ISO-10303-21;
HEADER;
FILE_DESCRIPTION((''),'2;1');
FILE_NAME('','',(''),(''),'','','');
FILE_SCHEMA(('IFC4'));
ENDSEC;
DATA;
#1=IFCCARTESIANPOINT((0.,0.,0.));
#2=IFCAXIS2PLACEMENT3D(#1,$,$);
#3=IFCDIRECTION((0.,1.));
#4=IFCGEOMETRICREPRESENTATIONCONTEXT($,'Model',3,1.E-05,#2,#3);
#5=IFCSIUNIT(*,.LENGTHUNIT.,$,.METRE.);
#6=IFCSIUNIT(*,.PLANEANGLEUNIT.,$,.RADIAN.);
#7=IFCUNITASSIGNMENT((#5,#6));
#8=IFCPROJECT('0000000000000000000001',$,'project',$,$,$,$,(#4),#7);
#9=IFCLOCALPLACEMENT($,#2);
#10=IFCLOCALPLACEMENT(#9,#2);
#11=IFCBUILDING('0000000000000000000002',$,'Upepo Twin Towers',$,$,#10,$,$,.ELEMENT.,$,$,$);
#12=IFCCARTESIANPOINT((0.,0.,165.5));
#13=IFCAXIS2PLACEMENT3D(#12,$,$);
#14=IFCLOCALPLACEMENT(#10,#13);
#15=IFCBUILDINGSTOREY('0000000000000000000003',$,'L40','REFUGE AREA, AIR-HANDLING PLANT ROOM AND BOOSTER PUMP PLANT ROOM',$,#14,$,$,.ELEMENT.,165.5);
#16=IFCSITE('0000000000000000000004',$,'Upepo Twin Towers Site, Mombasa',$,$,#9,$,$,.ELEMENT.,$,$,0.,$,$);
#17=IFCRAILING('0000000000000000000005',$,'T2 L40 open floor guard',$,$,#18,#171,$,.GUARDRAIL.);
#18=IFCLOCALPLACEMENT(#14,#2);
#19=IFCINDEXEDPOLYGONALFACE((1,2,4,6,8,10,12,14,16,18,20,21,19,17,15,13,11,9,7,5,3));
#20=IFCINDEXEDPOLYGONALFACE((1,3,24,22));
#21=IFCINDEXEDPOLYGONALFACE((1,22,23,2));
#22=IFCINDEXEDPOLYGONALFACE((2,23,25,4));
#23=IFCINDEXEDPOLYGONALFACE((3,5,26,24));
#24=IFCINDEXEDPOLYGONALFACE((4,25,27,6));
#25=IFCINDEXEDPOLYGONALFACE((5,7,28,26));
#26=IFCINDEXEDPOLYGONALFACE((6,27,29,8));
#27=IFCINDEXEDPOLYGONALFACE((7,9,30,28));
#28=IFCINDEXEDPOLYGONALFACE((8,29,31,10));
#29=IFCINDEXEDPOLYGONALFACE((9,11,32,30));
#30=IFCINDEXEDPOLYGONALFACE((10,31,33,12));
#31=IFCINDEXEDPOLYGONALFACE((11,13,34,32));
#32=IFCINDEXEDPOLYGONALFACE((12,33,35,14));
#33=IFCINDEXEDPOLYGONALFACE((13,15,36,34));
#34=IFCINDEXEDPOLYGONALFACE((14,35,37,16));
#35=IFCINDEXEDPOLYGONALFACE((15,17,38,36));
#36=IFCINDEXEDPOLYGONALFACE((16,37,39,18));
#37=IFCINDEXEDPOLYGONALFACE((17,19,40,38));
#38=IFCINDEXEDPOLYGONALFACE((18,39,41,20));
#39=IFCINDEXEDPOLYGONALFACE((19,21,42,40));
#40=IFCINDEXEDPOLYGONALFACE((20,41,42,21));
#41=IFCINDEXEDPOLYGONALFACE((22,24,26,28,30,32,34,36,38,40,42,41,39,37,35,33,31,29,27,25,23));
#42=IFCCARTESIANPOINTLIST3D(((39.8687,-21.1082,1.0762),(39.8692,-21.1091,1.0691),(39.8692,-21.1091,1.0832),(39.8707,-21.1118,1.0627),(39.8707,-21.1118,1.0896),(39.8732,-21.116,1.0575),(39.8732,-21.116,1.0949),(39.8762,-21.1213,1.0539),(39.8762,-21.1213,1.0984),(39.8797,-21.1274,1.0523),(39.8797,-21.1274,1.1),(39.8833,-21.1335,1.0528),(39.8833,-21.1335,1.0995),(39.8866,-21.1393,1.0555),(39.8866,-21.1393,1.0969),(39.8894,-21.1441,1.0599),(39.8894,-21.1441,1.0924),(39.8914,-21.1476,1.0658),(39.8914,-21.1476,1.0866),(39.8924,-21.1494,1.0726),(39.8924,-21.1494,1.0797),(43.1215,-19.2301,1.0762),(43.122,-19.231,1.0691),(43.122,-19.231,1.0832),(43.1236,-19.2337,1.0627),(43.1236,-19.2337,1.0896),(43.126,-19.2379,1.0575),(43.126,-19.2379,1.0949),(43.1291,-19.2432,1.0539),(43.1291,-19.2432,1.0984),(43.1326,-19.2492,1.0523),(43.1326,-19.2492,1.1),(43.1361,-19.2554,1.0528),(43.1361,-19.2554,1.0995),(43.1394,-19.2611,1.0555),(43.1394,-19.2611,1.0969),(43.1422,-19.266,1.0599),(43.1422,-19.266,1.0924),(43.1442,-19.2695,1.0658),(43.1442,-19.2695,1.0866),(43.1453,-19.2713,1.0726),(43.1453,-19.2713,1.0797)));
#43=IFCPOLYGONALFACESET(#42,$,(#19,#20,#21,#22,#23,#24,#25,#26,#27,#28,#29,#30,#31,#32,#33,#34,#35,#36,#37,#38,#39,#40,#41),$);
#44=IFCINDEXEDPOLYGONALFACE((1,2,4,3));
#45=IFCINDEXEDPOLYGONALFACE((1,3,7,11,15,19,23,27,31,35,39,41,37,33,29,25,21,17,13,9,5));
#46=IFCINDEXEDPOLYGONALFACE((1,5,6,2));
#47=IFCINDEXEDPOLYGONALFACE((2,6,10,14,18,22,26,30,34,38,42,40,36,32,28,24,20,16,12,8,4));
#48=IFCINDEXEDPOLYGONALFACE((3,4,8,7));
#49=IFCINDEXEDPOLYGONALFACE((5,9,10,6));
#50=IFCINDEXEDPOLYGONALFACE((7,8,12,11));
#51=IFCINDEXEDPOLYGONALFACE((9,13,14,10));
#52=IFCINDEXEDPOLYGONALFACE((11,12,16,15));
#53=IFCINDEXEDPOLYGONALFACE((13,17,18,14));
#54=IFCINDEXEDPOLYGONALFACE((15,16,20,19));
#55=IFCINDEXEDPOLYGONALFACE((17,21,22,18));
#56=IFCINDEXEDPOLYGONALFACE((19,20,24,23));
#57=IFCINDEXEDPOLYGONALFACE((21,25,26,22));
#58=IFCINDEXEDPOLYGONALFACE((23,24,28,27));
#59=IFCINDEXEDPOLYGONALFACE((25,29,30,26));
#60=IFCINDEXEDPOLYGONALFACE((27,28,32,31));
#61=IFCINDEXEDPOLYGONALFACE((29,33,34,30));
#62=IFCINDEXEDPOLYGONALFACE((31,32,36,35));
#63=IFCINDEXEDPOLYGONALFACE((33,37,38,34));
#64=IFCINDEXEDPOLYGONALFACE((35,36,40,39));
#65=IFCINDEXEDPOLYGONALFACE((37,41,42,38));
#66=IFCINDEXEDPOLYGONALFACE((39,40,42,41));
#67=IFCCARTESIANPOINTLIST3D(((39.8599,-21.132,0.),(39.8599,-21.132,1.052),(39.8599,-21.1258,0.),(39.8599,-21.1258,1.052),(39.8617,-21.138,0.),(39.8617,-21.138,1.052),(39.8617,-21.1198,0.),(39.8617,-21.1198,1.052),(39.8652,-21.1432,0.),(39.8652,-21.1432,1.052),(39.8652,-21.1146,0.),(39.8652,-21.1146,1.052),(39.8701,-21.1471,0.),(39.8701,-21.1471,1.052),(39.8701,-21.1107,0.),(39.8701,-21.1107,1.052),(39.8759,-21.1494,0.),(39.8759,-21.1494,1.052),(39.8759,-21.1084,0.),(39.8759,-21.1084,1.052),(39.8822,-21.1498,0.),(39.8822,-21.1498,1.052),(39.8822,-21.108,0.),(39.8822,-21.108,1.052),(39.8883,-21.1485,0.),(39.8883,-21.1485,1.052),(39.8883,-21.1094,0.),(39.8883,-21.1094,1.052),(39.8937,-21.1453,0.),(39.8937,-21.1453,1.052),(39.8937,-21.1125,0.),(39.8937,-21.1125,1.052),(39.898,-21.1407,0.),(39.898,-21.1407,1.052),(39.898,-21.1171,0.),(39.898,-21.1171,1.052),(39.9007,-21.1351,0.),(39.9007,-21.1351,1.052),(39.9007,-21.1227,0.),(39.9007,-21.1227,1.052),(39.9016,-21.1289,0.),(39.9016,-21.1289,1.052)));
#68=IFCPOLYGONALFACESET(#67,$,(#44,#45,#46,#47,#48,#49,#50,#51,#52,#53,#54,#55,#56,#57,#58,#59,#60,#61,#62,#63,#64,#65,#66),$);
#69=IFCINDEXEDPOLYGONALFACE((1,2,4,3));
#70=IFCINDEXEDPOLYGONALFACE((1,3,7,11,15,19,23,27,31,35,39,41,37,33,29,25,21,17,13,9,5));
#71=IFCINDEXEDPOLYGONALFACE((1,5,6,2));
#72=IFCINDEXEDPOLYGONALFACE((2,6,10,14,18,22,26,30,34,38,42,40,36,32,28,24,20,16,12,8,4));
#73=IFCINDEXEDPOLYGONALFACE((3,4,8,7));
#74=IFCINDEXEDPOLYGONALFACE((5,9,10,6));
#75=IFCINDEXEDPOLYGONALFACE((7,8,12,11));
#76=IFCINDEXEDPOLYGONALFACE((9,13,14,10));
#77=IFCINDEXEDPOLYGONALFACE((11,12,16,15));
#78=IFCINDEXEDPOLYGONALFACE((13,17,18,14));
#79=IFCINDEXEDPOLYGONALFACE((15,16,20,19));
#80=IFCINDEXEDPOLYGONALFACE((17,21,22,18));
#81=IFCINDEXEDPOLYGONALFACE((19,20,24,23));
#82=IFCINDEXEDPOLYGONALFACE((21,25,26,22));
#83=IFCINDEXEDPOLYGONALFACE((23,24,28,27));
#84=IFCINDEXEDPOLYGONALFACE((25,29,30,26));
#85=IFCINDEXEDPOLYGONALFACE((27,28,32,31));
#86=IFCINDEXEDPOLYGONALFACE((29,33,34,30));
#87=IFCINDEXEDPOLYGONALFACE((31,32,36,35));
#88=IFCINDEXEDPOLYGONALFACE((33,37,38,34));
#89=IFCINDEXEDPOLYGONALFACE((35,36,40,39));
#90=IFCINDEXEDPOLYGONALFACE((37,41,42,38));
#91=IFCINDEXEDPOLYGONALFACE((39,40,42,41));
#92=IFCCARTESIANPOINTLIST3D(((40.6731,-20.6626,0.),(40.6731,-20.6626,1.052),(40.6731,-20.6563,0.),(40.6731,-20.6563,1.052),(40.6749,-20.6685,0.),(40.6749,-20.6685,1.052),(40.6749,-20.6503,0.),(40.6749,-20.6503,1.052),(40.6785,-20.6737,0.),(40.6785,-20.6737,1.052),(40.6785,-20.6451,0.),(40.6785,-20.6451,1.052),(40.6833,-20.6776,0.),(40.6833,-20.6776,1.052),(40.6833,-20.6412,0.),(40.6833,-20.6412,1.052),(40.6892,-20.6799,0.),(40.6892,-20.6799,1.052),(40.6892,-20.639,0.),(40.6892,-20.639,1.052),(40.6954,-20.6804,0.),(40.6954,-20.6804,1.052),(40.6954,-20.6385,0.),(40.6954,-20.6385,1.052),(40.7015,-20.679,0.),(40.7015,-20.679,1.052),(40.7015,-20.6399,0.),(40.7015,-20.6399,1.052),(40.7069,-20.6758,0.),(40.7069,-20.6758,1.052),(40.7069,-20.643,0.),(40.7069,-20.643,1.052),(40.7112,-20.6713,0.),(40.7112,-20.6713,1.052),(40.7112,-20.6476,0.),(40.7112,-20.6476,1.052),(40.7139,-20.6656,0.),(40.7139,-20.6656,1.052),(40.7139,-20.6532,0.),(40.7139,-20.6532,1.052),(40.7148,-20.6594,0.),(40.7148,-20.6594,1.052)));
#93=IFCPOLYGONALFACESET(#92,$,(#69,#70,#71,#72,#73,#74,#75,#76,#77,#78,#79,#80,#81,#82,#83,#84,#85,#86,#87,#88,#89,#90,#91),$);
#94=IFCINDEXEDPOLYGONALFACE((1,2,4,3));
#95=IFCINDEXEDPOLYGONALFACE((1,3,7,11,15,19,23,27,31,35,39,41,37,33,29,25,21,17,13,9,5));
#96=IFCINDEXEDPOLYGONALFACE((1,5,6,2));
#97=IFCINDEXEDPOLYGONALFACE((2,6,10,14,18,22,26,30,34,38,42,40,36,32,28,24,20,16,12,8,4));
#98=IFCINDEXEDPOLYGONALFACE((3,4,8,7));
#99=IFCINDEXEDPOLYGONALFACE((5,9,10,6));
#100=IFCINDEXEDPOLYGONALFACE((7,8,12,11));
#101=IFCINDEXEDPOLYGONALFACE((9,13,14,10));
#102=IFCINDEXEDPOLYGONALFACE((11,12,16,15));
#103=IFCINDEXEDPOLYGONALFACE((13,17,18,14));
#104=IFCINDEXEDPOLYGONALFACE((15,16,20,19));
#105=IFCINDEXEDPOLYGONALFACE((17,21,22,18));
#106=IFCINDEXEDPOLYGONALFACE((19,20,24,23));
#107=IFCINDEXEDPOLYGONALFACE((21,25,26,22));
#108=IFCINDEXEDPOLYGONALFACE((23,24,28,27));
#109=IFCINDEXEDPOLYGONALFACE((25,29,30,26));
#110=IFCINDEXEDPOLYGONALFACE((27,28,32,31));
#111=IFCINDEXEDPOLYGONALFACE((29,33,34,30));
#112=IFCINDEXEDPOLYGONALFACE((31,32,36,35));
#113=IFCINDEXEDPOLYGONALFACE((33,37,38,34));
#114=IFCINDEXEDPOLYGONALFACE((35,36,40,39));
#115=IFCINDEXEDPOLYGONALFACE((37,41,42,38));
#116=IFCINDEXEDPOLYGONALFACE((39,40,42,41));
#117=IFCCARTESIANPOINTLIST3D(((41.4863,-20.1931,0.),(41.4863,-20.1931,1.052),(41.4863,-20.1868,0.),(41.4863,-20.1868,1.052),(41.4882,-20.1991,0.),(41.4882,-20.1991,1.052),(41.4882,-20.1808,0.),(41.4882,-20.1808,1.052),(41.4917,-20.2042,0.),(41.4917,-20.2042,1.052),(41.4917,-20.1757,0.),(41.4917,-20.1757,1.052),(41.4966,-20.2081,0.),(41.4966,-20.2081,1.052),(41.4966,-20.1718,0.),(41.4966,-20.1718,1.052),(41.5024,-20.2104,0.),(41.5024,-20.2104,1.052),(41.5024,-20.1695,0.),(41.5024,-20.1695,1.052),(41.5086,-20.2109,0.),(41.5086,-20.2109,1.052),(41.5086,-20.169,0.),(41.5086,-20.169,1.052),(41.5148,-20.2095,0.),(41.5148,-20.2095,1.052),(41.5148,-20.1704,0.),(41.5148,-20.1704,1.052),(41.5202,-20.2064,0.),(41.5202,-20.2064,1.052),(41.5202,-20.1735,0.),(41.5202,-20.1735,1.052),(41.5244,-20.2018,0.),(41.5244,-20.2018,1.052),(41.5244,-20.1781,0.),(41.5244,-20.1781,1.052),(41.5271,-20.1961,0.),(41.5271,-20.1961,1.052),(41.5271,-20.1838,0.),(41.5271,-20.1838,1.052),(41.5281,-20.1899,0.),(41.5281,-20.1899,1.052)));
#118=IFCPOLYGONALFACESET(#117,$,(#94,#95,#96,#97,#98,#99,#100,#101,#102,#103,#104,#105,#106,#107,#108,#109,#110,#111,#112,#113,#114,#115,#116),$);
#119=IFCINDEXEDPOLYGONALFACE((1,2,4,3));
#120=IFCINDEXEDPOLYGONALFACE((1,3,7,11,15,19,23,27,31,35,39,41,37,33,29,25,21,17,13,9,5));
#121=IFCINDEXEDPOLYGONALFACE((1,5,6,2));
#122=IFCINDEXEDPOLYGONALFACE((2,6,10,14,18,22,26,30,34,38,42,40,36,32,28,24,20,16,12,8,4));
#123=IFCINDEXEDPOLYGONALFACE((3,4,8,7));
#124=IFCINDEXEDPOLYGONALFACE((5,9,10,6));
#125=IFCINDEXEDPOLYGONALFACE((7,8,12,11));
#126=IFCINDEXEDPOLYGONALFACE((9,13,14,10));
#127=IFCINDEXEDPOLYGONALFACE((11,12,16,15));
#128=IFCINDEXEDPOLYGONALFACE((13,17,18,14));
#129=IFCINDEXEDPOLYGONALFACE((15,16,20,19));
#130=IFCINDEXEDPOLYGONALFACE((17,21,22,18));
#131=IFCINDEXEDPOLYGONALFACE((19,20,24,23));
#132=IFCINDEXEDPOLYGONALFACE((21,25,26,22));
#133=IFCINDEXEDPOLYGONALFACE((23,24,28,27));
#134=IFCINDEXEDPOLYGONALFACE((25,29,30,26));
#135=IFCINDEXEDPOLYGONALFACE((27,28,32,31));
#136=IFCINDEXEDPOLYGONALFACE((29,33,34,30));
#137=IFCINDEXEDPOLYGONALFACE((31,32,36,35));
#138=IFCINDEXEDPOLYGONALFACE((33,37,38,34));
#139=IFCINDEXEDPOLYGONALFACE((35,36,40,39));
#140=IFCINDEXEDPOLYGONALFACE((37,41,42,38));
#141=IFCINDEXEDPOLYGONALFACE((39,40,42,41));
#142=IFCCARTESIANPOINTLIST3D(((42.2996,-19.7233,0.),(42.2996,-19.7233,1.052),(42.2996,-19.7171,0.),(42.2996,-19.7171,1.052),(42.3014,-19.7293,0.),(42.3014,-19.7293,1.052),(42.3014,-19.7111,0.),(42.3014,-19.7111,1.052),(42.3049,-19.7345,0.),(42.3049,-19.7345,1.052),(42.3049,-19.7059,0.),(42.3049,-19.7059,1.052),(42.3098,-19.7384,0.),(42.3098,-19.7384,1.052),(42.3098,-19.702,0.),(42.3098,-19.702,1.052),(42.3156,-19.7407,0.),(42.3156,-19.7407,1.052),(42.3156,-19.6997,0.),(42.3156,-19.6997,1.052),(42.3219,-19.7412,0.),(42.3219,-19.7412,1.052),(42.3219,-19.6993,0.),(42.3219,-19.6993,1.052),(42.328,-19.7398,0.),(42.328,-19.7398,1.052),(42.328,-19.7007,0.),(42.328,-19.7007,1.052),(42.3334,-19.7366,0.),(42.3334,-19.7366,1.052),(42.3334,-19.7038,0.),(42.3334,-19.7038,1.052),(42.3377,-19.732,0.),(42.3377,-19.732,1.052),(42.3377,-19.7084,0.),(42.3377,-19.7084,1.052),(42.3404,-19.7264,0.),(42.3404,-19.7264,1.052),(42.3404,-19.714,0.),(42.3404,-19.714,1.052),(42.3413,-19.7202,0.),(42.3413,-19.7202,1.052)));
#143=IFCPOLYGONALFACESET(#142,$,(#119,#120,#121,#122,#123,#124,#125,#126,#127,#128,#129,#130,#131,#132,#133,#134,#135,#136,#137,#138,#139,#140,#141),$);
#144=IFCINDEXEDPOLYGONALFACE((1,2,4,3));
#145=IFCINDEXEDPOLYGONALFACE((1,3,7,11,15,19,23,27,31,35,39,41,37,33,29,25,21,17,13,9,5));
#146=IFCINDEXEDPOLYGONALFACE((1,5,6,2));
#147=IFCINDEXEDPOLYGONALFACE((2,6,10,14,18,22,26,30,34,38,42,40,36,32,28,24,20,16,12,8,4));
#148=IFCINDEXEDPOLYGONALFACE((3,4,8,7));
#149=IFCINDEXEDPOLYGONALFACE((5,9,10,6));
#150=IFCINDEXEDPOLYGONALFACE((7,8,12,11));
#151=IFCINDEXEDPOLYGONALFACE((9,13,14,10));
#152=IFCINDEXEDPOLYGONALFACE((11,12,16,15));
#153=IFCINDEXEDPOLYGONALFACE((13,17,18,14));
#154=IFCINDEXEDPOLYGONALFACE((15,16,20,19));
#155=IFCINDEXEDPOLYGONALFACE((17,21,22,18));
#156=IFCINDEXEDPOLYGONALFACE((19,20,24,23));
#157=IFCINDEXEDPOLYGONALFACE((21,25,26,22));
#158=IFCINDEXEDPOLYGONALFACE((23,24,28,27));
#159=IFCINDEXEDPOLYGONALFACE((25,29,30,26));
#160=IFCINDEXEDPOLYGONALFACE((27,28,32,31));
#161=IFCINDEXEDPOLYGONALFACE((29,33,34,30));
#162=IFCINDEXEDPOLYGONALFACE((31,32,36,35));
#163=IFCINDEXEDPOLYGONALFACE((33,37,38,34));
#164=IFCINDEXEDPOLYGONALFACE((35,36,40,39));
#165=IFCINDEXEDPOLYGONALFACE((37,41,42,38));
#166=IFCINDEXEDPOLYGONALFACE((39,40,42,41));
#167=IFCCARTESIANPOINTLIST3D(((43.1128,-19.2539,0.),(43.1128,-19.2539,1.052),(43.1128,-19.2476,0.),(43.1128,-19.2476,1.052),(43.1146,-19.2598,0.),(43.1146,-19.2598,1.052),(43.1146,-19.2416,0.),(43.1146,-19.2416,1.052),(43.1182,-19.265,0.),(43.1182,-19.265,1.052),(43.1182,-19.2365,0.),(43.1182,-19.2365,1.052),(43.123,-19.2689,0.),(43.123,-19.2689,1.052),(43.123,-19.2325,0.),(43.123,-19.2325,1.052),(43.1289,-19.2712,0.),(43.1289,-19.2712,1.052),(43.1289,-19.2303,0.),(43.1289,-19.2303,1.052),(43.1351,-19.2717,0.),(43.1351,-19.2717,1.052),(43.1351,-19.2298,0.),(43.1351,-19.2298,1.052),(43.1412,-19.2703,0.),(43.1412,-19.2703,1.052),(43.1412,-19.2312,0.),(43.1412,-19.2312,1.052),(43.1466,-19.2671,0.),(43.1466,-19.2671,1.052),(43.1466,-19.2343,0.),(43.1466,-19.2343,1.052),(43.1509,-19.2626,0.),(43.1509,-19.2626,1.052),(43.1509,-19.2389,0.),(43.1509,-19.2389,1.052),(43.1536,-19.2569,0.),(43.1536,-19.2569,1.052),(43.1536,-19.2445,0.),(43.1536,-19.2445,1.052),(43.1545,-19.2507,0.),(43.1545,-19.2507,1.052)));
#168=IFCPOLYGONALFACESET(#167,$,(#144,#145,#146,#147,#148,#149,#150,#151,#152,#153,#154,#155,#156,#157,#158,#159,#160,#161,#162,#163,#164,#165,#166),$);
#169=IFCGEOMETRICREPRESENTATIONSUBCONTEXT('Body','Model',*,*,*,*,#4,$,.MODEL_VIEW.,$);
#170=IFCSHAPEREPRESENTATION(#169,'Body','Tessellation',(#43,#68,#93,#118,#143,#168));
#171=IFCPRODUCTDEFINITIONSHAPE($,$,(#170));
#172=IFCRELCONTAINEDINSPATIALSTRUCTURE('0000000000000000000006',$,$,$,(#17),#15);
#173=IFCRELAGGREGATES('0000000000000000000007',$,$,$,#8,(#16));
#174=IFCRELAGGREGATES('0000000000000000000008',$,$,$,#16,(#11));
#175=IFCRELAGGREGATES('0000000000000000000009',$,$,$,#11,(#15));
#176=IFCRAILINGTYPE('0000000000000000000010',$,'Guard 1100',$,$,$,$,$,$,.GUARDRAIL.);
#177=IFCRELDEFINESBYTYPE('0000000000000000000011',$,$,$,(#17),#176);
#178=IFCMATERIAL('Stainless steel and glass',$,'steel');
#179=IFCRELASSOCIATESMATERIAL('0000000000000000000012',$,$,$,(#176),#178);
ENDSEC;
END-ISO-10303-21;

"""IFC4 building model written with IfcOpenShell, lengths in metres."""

from ifc_helpers import new_model, si_unit, direction, frame, origin, origin_2d, place, context, subcontext, project, spatial, circle, extrude, material, type_object, element, save


model = new_model("IFC4")

# Units and contexts
model_context = context("Model", 3, precision=1e-05, world=origin(), true_north=direction((0.0, 1.0)))
body_context = subcontext(model_context, "Body", "Model", "MODEL_VIEW")
ifc_project = project(units=[si_unit("LENGTHUNIT", "METRE"), si_unit("PLANEANGLEUNIT", "RADIAN")], contexts=[model_context])

# Site, building, storey
site_placement = place(None, origin())
site = spatial("IfcSite", under=ifc_project, at=site_placement, Name="Upepo Twin Towers Site, Mombasa", CompositionType="ELEMENT", RefElevation=0.0)
building_placement = place(site_placement, origin())
building = spatial("IfcBuilding", under=site, at=building_placement, Name="Upepo Twin Towers", CompositionType="ELEMENT")
storey_placement = place(building_placement, frame((0.0, 0.0, 165.5)))
storey = spatial("IfcBuildingStorey", under=building, at=storey_placement, Name="L40", Description="REFUGE AREA, AIR-HANDLING PLANT ROOM AND BOOSTER PUMP PLANT ROOM", CompositionType="ELEMENT", Elevation=165.5)

# Railing
ifc_material_1 = material(Name="Stainless steel and glass", Category="steel")
railing_type = type_object("IfcRailingType", Name="Guard 1100", PredefinedType="GUARDRAIL", material=ifc_material_1)
for number, where, name in (
    (1, (39.8806, -21.1289, 0.0), "T2 L40 open floor guard"),
):
    element("IfcRailing", number, at=place(storey_placement, frame(where)), inside=storey, type_object=railing_type, Name=name, PredefinedType="GUARDRAIL", context=body_context, shape_type="SweptSolid", body=[
        extrude(circle(Radius=0.0239, at=origin_2d()), frame((0.0, 0.0, 1.0762), z_axis=(0.866015, 0.500019, 0.0), x_axis=(-0.500019, 0.866015, 0.0)), (0.0, 0.0, 1.0), 3.7561),
        extrude(circle(Radius=0.021, at=origin_2d()), origin(), (0.0, 0.0, 1.0), 1.052),
        extrude(circle(Radius=0.021, at=origin_2d()), frame((0.8132, 0.4695, 0.0)), (0.0, 0.0, 1.0), 1.052),
        extrude(circle(Radius=0.021, at=origin_2d()), frame((1.6265, 0.939, 0.0)), (0.0, 0.0, 1.0), 1.052),
        extrude(circle(Radius=0.021, at=origin_2d()), frame((2.4397, 1.4087, 0.0)), (0.0, 0.0, 1.0), 1.052),
        extrude(circle(Radius=0.021, at=origin_2d()), frame((3.2529, 1.8782, 0.0)), (0.0, 0.0, 1.0), 1.052),
    ])

save(model, "model.ifc")
